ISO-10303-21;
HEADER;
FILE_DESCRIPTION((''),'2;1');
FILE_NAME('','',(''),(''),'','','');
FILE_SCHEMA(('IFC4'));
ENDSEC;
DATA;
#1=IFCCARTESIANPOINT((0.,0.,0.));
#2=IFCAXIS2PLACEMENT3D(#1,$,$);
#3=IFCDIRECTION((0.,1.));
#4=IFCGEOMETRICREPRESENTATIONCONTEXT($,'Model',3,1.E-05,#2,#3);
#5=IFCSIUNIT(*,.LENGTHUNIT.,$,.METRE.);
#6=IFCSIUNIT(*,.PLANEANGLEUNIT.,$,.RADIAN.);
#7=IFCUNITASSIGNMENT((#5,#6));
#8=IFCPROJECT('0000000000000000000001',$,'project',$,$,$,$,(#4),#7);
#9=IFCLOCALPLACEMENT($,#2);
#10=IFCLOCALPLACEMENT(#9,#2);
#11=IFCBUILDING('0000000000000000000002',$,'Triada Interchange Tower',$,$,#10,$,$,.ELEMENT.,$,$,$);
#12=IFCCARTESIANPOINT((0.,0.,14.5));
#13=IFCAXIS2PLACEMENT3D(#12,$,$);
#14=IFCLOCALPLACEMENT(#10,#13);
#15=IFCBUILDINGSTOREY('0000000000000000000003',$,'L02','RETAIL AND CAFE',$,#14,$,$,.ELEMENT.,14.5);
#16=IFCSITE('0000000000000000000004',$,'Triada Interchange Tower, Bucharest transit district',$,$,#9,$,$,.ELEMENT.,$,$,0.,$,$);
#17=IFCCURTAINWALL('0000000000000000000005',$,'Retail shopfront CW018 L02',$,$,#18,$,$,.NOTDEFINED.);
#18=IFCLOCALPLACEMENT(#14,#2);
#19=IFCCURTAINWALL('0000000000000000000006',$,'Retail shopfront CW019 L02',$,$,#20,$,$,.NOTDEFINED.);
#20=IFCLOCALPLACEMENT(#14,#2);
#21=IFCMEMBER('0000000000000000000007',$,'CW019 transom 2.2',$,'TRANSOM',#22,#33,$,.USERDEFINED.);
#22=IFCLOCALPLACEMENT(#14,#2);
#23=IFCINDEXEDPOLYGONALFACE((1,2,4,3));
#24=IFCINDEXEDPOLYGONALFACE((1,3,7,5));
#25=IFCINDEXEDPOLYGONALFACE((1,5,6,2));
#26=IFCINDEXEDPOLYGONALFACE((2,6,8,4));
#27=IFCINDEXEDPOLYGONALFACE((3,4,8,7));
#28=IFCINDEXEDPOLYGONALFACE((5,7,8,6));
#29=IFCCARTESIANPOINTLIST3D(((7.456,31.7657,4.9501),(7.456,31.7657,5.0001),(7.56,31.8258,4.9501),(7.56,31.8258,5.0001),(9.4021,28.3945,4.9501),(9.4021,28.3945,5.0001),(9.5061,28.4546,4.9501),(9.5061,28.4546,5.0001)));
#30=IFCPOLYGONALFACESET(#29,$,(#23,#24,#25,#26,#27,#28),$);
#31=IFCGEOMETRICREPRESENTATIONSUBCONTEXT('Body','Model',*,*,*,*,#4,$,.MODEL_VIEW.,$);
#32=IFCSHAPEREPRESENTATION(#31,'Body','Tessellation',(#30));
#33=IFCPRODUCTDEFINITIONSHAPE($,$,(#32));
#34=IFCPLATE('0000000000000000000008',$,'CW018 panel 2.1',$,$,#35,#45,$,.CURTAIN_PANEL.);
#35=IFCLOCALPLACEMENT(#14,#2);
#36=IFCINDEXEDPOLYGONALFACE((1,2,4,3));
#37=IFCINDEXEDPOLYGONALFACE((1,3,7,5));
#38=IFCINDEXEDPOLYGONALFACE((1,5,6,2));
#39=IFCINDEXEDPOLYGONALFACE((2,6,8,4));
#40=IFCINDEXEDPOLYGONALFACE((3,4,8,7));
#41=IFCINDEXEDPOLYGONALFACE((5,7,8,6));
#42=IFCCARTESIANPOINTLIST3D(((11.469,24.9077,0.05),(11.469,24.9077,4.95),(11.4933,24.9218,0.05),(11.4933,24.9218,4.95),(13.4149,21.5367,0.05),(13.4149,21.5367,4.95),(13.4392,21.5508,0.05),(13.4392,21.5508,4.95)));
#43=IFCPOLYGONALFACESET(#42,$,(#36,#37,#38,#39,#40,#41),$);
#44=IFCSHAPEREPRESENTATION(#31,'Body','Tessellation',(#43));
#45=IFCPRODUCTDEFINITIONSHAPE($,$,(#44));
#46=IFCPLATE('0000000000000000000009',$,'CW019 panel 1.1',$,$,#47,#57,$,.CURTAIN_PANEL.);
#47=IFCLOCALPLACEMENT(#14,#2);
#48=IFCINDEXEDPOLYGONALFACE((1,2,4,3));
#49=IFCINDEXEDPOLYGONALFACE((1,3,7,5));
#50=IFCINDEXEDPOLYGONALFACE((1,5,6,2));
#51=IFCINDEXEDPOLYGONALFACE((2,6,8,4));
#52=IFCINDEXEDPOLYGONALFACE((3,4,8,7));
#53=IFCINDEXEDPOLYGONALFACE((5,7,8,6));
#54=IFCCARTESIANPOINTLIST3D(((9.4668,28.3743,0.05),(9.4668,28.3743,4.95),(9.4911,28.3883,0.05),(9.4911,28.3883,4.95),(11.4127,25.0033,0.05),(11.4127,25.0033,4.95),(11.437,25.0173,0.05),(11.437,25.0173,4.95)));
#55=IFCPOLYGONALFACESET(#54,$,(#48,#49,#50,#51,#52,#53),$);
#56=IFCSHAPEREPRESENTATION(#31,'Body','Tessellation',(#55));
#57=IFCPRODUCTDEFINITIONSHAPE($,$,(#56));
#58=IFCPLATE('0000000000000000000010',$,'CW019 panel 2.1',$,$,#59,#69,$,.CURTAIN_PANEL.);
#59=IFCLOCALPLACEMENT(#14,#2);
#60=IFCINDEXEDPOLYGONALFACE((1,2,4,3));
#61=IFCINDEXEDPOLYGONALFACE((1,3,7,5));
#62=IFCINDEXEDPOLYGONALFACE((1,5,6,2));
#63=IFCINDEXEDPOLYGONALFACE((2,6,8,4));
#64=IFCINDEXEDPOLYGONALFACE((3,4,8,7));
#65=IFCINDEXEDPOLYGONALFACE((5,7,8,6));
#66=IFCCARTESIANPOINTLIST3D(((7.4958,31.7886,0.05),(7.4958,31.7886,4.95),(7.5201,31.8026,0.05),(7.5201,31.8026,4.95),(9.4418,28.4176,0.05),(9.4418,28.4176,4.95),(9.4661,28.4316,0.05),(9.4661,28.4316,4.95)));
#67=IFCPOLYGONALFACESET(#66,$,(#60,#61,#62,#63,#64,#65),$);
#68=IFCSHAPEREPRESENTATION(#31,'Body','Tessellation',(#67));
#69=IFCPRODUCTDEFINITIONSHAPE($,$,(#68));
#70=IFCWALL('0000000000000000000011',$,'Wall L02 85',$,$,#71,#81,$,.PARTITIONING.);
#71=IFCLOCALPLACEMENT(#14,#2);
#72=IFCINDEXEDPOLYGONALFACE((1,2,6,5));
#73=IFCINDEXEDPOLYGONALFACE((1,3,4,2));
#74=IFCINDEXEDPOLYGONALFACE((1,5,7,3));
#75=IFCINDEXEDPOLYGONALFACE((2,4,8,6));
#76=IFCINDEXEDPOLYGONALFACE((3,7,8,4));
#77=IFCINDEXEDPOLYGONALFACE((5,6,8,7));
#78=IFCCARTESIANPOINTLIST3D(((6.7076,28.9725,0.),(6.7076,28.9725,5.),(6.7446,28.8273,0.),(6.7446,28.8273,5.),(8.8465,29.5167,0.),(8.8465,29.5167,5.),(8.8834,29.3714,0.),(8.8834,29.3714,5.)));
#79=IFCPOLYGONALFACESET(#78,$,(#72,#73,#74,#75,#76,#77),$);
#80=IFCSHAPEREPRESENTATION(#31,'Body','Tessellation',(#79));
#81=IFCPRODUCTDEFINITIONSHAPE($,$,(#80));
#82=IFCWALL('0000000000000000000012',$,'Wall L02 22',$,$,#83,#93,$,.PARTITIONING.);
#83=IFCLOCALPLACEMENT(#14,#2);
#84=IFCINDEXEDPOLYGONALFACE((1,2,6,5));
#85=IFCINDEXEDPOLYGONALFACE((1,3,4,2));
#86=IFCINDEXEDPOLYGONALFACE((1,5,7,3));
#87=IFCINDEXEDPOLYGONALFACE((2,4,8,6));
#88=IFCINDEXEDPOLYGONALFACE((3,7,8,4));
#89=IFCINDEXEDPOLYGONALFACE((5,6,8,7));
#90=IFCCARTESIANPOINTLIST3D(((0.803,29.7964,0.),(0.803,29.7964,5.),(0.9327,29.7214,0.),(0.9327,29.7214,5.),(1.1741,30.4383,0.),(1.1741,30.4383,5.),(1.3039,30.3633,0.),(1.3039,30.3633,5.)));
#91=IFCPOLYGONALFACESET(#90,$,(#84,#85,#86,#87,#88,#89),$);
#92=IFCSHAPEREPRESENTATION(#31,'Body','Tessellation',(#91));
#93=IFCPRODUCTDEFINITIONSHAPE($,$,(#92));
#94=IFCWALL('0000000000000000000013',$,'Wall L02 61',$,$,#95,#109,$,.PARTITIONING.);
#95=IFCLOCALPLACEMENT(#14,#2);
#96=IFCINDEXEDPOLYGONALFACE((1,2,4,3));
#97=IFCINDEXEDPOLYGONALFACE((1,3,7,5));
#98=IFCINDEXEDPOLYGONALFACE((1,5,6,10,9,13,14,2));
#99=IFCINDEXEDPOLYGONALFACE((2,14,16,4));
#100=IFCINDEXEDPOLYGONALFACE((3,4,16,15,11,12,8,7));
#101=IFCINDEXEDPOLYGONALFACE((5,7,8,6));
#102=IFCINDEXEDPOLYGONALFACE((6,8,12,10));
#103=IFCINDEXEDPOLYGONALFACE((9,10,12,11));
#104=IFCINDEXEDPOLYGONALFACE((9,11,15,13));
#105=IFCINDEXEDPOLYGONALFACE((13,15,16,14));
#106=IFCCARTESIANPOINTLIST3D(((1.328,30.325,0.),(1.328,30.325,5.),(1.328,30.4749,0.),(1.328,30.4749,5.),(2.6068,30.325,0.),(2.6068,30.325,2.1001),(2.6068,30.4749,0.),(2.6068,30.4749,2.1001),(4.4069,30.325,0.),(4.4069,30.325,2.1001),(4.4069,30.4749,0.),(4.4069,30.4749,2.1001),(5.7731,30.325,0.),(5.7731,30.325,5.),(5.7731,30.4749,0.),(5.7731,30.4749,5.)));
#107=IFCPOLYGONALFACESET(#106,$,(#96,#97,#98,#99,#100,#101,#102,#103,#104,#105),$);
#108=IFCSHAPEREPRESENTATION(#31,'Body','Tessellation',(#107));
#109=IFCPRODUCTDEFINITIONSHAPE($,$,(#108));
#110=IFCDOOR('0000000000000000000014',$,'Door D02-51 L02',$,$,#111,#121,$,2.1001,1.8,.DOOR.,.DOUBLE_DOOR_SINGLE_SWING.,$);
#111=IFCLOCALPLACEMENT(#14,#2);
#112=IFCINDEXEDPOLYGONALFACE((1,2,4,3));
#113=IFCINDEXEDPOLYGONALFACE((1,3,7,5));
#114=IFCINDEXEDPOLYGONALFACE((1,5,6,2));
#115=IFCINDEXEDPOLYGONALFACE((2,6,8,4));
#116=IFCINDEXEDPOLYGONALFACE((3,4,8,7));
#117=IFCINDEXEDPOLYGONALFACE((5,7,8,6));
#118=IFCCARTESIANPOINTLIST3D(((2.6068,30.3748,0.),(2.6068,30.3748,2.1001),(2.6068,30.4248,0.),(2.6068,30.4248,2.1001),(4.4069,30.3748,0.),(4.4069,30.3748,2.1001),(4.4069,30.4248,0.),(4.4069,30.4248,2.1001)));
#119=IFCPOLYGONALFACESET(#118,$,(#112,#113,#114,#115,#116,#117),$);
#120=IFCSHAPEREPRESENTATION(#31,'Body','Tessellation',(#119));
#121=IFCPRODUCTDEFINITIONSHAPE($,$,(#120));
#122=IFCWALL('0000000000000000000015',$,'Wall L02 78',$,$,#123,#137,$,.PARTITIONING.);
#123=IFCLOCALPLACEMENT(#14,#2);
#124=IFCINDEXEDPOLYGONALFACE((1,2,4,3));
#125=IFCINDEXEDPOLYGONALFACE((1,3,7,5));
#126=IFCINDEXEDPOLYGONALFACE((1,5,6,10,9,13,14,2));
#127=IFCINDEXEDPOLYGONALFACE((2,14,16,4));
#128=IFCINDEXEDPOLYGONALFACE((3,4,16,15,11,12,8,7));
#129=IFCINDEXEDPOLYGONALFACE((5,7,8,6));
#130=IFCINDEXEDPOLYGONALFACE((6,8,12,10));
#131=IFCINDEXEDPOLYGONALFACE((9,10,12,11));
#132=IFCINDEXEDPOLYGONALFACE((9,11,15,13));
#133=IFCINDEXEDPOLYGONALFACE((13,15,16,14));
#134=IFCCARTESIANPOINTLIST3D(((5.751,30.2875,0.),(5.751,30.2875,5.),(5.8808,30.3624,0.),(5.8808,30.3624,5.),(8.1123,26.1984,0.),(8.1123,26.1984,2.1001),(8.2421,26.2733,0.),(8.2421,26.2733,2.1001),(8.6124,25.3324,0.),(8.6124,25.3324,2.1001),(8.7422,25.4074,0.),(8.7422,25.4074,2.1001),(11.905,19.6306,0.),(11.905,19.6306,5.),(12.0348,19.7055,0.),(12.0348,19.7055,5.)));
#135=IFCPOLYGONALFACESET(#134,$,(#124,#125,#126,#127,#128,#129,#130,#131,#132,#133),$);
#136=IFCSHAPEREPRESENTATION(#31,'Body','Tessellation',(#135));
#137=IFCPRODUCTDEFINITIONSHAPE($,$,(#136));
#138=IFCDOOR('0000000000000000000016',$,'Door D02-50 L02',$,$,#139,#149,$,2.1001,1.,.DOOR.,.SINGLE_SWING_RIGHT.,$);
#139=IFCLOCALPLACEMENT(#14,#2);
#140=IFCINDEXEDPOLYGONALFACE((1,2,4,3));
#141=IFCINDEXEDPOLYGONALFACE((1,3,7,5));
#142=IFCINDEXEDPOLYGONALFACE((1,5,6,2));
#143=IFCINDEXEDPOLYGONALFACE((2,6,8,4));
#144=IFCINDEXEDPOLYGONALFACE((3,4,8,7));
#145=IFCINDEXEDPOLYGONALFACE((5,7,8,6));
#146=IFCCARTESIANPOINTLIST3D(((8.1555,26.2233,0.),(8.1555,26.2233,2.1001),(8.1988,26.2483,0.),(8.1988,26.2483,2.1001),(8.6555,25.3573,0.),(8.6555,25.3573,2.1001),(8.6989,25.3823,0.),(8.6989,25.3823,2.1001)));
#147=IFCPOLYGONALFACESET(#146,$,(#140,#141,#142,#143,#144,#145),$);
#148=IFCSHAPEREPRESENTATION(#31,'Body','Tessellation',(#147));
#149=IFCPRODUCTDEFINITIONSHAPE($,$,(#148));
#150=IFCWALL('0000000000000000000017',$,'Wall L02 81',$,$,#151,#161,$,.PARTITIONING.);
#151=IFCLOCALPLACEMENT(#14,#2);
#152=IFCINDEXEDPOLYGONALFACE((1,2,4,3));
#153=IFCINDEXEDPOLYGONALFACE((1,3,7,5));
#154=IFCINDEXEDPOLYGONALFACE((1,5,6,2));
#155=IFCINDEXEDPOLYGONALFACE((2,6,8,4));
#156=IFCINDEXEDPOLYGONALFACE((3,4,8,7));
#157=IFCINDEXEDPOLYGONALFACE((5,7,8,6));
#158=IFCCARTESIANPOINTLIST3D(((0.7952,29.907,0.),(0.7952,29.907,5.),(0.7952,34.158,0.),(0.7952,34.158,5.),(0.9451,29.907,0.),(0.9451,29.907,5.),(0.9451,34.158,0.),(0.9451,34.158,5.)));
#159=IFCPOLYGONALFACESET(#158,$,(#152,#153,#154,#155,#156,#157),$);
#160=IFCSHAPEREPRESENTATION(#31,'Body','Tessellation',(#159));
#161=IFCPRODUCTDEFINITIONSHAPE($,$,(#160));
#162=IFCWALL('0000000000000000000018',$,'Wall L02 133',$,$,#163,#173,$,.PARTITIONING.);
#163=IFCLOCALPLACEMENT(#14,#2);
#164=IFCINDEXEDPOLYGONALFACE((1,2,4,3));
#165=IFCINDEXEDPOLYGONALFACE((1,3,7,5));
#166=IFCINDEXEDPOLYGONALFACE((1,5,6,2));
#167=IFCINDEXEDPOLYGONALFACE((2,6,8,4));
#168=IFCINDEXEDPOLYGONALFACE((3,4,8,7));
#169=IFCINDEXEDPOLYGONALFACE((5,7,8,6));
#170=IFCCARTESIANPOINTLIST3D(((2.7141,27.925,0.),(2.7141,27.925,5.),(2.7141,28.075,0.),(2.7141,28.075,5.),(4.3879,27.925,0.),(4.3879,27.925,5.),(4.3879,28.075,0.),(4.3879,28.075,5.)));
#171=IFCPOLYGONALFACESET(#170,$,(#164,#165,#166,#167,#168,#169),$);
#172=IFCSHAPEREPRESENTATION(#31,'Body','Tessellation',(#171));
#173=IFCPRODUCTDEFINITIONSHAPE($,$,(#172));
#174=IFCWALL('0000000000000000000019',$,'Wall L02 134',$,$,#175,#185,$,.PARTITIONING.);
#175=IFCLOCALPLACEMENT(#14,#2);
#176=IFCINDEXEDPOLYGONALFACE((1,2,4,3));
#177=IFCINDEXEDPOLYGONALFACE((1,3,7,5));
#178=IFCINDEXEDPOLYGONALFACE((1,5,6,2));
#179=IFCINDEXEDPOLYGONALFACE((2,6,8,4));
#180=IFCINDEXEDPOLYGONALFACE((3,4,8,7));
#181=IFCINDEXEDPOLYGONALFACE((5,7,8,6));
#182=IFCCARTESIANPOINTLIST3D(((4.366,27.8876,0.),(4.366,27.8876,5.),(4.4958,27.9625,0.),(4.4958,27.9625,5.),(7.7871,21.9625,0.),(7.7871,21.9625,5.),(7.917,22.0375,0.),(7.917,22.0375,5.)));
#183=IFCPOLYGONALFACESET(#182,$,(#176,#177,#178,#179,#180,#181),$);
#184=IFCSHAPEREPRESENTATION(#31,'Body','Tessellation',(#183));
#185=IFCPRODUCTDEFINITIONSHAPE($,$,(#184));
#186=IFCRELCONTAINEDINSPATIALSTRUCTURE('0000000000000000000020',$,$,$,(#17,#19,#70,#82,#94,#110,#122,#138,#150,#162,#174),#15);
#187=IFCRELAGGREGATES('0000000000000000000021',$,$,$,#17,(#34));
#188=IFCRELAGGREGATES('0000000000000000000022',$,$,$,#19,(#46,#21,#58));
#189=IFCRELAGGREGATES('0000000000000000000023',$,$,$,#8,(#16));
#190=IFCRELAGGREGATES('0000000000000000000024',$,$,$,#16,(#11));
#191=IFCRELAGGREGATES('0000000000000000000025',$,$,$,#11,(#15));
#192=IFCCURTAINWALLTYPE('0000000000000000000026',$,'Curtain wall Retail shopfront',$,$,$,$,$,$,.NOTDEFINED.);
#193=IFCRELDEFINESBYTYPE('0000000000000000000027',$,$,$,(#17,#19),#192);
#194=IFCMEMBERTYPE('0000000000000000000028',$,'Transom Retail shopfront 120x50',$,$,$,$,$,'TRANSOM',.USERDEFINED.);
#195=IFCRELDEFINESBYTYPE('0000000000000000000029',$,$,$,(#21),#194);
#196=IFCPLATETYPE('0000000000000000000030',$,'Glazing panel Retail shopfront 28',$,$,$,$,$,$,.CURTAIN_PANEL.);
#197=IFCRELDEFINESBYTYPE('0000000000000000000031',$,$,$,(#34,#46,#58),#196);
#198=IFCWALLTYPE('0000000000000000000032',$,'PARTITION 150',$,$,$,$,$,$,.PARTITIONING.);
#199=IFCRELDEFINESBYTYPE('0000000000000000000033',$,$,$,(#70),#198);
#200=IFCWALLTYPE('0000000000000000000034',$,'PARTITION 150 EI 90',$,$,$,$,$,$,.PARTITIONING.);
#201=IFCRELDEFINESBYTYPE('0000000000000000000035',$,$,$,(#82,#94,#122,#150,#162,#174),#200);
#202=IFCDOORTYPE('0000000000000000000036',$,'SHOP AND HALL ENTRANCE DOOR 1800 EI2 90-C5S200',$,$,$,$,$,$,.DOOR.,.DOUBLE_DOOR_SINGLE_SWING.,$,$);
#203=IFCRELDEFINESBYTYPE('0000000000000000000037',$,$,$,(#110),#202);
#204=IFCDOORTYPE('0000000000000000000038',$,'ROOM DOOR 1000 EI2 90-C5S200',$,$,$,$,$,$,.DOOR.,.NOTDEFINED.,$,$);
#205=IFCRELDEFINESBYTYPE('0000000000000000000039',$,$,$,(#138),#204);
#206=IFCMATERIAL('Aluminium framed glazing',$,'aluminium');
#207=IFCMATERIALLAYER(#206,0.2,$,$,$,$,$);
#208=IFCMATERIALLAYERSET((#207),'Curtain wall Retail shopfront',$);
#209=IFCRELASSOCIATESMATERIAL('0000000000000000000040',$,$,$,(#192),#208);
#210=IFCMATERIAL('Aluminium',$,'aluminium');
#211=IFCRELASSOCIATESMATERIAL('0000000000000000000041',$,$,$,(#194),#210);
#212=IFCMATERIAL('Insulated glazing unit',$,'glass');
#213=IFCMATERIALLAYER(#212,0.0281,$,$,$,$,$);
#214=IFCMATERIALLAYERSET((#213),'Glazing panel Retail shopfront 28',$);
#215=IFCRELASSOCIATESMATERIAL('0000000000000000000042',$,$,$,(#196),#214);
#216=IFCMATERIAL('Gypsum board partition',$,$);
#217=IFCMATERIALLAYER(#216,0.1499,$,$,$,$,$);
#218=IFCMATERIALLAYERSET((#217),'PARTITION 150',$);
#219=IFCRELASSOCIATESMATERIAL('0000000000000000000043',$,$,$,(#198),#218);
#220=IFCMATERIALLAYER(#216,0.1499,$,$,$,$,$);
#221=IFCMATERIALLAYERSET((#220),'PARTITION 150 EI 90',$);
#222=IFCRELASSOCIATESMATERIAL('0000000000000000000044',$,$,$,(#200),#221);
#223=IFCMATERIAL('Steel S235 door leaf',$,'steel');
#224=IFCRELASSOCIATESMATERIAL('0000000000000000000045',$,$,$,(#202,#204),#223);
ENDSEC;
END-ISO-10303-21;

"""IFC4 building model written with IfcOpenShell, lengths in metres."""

from ifc_helpers import new_model, si_unit, direction, frame, frame_2d, origin, origin_2d, place, context, subcontext, project, spatial, rectangle, extrude, material, layer, layer_set, material_profile, profile_set, type_object, element, fill, aggregate, save


model = new_model("IFC4")

# Units and contexts
model_context = context("Model", 3, precision=1e-05, world=origin(), true_north=direction((0.0, 1.0)))
body_context = subcontext(model_context, "Body", "Model", "MODEL_VIEW")
ifc_project = project(units=[si_unit("LENGTHUNIT", "METRE"), si_unit("PLANEANGLEUNIT", "RADIAN")], contexts=[model_context])

# Site, building, storey
site_placement = place(None, origin())
site = spatial("IfcSite", under=ifc_project, at=site_placement, Name="Triada Interchange Tower, Bucharest transit district", CompositionType="ELEMENT", RefElevation=0.0)
building_placement = place(site_placement, origin())
building = spatial("IfcBuilding", under=site, at=building_placement, Name="Triada Interchange Tower", CompositionType="ELEMENT")
storey_placement = place(building_placement, frame((0.0, 0.0, 14.5)))
storey = spatial("IfcBuildingStorey", under=building, at=storey_placement, Name="L02", Description="RETAIL AND CAFE", CompositionType="ELEMENT", Elevation=14.5)

# Curtain wall
ifc_material_1 = material(Name="Aluminium framed glazing", Category="aluminium")
ifc_layer_1 = layer(ifc_material_1, 0.2)
ifc_layer_set_1 = layer_set([ifc_layer_1], Name="Curtain wall Retail shopfront")
curtain_wall_type = type_object("IfcCurtainWallType", Name="Curtain wall Retail shopfront", PredefinedType="NOTDEFINED", material=ifc_layer_set_1)
curtain_wall_1_placement = place(storey_placement, origin())
curtain_wall_1 = element("IfcCurtainWall", 1, at=curtain_wall_1_placement, inside=storey, type_object=curtain_wall_type, Name="Retail shopfront CW018 L02", PredefinedType="NOTDEFINED")
ifc_material_2 = material(Name="Aluminium", Category="aluminium")

# Curtain wall
curtain_wall_2_placement = place(storey_placement, origin())
curtain_wall_2 = element("IfcCurtainWall", 2, at=curtain_wall_2_placement, inside=storey, type_object=curtain_wall_type, Name="Retail shopfront CW019 L02", PredefinedType="NOTDEFINED")

# Member
ifc_material_profile_1 = material_profile(ifc_material_2, rectangle(XDim=0.1201, YDim=0.05, at=origin_2d()), Name="Aluminium transom")
ifc_profile_set_1 = profile_set([ifc_material_profile_1], Name="Aluminium")
member_type_1 = type_object("IfcMemberType", Name="Transom Retail shopfront 120x50", ElementType="TRANSOM", PredefinedType="USERDEFINED", material=ifc_profile_set_1)
member_1_placement = place(storey_placement, frame((9.4541, 28.4246, 4.9751), z_axis=(-0.49995, 0.866054, 0.0), x_axis=(-0.866054, -0.49995, 0.0)))
member_1 = element("IfcMember", 3, at=member_1_placement, type_object=member_type_1, Name="CW019 transom 2.2", ObjectType="TRANSOM", PredefinedType="USERDEFINED", context=body_context, shape_type="SweptSolid", body=[
    extrude(rectangle(XDim=0.1201, YDim=0.05, at=origin_2d()), origin(), (0.0, 0.0, 1.0), 3.8926),
])

# Plates
ifc_material_3 = material(Name="Insulated glazing unit", Category="glass")
ifc_layer_2 = layer(ifc_material_3, 0.0281)
ifc_layer_set_2 = layer_set([ifc_layer_2], Name="Glazing panel Retail shopfront 28")
plate_type = type_object("IfcPlateType", Name="Glazing panel Retail shopfront 28", PredefinedType="CURTAIN_PANEL", material=ifc_layer_set_2)
plate_1_placement = place(storey_placement, frame((12.4541, 23.2292, 0.05), z_axis=(0.0, 0.0, 1.0), x_axis=(-0.499948, 0.866055, 0.0)))
plate_1 = element("IfcPlate", 4, at=plate_1_placement, type_object=plate_type, Name="CW018 panel 2.1", PredefinedType="CURTAIN_PANEL", context=body_context, shape_type="SweptSolid", body=[
    extrude(rectangle(XDim=3.8923, YDim=0.0281, at=origin_2d()), origin(), (0.0, 0.0, 1.0), 4.8999),
])
aggregate(curtain_wall_1, [plate_1])
plate_2_placement = place(storey_placement, frame((10.4519, 26.6958, 0.05), z_axis=(0.0, 0.0, 1.0), x_axis=(-0.499948, 0.866055, 0.0)))
plate_2 = element("IfcPlate", 5, at=plate_2_placement, type_object=plate_type, Name="CW019 panel 1.1", PredefinedType="CURTAIN_PANEL", context=body_context, shape_type="SweptSolid", body=[
    extrude(rectangle(XDim=3.8923, YDim=0.0281, at=origin_2d()), origin(), (0.0, 0.0, 1.0), 4.8999),
])
plate_3_placement = place(storey_placement, frame((8.481, 30.1101, 0.05), z_axis=(0.0, 0.0, 1.0), x_axis=(-0.499948, 0.866055, 0.0)))
plate_3 = element("IfcPlate", 6, at=plate_3_placement, type_object=plate_type, Name="CW019 panel 2.1", PredefinedType="CURTAIN_PANEL", context=body_context, shape_type="SweptSolid", body=[
    extrude(rectangle(XDim=3.8923, YDim=0.0281, at=origin_2d()), origin(), (0.0, 0.0, 1.0), 4.8999),
])
aggregate(curtain_wall_2, [plate_2, member_1, plate_3])

# Walls
ifc_material_4 = material(Name="Gypsum board partition")
ifc_layer_3 = layer(ifc_material_4, 0.1499)
ifc_layer_set_3 = layer_set([ifc_layer_3], Name="PARTITION 150")
wall_type_1 = type_object("IfcWallType", Name="PARTITION 150", PredefinedType="PARTITIONING", material=ifc_layer_set_3)
wall_1_placement = place(storey_placement, frame((6.7261, 28.8999, 0.0), z_axis=(0.0, 0.0, 1.0), x_axis=(0.969126, 0.246568, 0.0)))
element("IfcWall", 7, at=wall_1_placement, inside=storey, type_object=wall_type_1, Name="Wall L02 85", PredefinedType="PARTITIONING", context=body_context, shape_type="SweptSolid", body=[
    extrude(rectangle(XDim=2.207, YDim=0.1499, at=frame_2d((1.1035, 0.0))), origin(), (0.0, 0.0, 1.0), 5.0),
])
ifc_layer_4 = layer(ifc_material_4, 0.1499)
ifc_layer_set_4 = layer_set([ifc_layer_4], Name="PARTITION 150 EI 90")
wall_type_2 = type_object("IfcWallType", Name="PARTITION 150 EI 90", PredefinedType="PARTITIONING", material=ifc_layer_set_4)
wall_2_placement = place(storey_placement, frame((0.8679, 29.759, 0.0), z_axis=(0.0, 0.0, 1.0), x_axis=(0.50053, 0.865719, 0.0)))
element("IfcWall", 8, at=wall_2_placement, inside=storey, type_object=wall_type_2, Name="Wall L02 22", PredefinedType="PARTITIONING", context=body_context, shape_type="SweptSolid", body=[
    extrude(rectangle(XDim=0.7415, YDim=0.1499, at=frame_2d((0.3706, 0.0))), origin(), (0.0, 0.0, 1.0), 5.0),
])

# Walls, openings, doors
wall_3_placement = place(storey_placement, frame((1.3279, 30.3999, 0.0), z_axis=(0.0, 0.0, 1.0), x_axis=(1.0, 0.0, 0.0)))
wall_3 = element("IfcWall", 9, at=wall_3_placement, inside=storey, type_object=wall_type_2, Name="Wall L02 61", PredefinedType="PARTITIONING", context=body_context, shape_type="SweptSolid", body=[
    extrude(rectangle(XDim=4.4451, YDim=0.1499, at=frame_2d((2.2227, 0.0))), origin(), (0.0, 0.0, 1.0), 5.0),
])
opening_1_placement = place(wall_3_placement, frame((1.2791, 0.0, 0.0)))
opening_1 = element("IfcOpeningElement", 10, at=opening_1_placement, cuts=wall_3, PredefinedType="OPENING", context=body_context, shape_type="SweptSolid", body=[
    extrude(rectangle(XDim=1.8, YDim=2.1001, at=frame_2d((0.8999, 1.05))), frame((0.0, 0.085, 0.0), z_axis=(0.0, -1.0, 0.0), x_axis=(1.0, 0.0, 0.0)), (0.0, 0.0, 1.0), 0.1699),
])
ifc_material_5 = material(Name="Steel S235 door leaf", Category="steel")
door_type_1 = type_object("IfcDoorType", Name="SHOP AND HALL ENTRANCE DOOR 1800 EI2 90-C5S200", OperationType="DOUBLE_DOOR_SINGLE_SWING", PredefinedType="DOOR", material=ifc_material_5)
door_1_placement = place(opening_1_placement, origin())
door_1 = element("IfcDoor", 11, at=door_1_placement, inside=storey, type_object=door_type_1, Name="Door D02-51 L02", OperationType="DOUBLE_DOOR_SINGLE_SWING", OverallHeight=2.1001, OverallWidth=1.8, PredefinedType="DOOR", context=body_context, shape_type="SweptSolid", body=[
    extrude(rectangle(XDim=1.8, YDim=2.1001, at=frame_2d((0.8999, 1.05))), frame((0.0, 0.0249, 0.0), z_axis=(0.0, -1.0, 0.0), x_axis=(1.0, 0.0, 0.0)), (0.0, 0.0, 1.0), 0.05),
])
fill(opening_1, door_1)
wall_4_placement = place(storey_placement, frame((5.8159, 30.325, 0.0), z_axis=(0.0, 0.0, 1.0), x_axis=(0.500076, -0.865982, 0.0)))
wall_4 = element("IfcWall", 12, at=wall_4_placement, inside=storey, type_object=wall_type_2, Name="Wall L02 78", PredefinedType="PARTITIONING", context=body_context, shape_type="SweptSolid", body=[
    extrude(rectangle(XDim=12.3062, YDim=0.1499, at=frame_2d((6.1531, 0.0))), origin(), (0.0, 0.0, 1.0), 5.0),
])
opening_2_placement = place(wall_4_placement, frame((4.7219, 0.0, 0.0)))
opening_2 = element("IfcOpeningElement", 13, at=opening_2_placement, cuts=wall_4, PredefinedType="OPENING", context=body_context, shape_type="SweptSolid", body=[
    extrude(rectangle(XDim=1.0, YDim=2.1001, at=frame_2d((0.5, 1.05))), frame((0.0, 0.085, 0.0), z_axis=(0.0, -1.0, 0.0), x_axis=(1.0, 0.0, 0.0)), (0.0, 0.0, 1.0), 0.1699),
])
door_type_2 = type_object("IfcDoorType", Name="ROOM DOOR 1000 EI2 90-C5S200", OperationType="NOTDEFINED", PredefinedType="DOOR", material=ifc_material_5)
door_2_placement = place(opening_2_placement, origin())
door_2 = element("IfcDoor", 14, at=door_2_placement, inside=storey, type_object=door_type_2, Name="Door D02-50 L02", OperationType="SINGLE_SWING_RIGHT", OverallHeight=2.1001, OverallWidth=1.0, PredefinedType="DOOR", context=body_context, shape_type="SweptSolid", body=[
    extrude(rectangle(XDim=1.0, YDim=2.1001, at=frame_2d((0.5, 1.05))), frame((0.0, 0.0249, 0.0), z_axis=(0.0, -1.0, 0.0), x_axis=(1.0, 0.0, 0.0)), (0.0, 0.0, 1.0), 0.05),
])
fill(opening_2, door_2)

# Walls
wall_5_placement = place(storey_placement, frame((0.8701, 29.907, 0.0), z_axis=(0.0, 0.0, 1.0), x_axis=(0.0, 1.0, 0.0)))
element("IfcWall", 15, at=wall_5_placement, inside=storey, type_object=wall_type_2, Name="Wall L02 81", PredefinedType="PARTITIONING", context=body_context, shape_type="SweptSolid", body=[
    extrude(rectangle(XDim=4.251, YDim=0.1499, at=frame_2d((2.1255, 0.0))), origin(), (0.0, 0.0, 1.0), 5.0),
])
wall_6_placement = place(storey_placement, frame((2.7141, 28.0, 0.0), z_axis=(0.0, 0.0, 1.0), x_axis=(1.0, 0.0, 0.0)))
element("IfcWall", 16, at=wall_6_placement, inside=storey, type_object=wall_type_2, Name="Wall L02 133", PredefinedType="PARTITIONING", context=body_context, shape_type="SweptSolid", body=[
    extrude(rectangle(XDim=1.6738, YDim=0.1499, at=frame_2d((0.8369, 0.0))), origin(), (0.0, 0.0, 1.0), 5.0),
])
wall_7_placement = place(storey_placement, frame((4.4309, 27.925, 0.0), z_axis=(0.0, 0.0, 1.0), x_axis=(0.500034, -0.866006, 0.0)))
element("IfcWall", 17, at=wall_7_placement, inside=storey, type_object=wall_type_2, Name="Wall L02 134", PredefinedType="PARTITIONING", context=body_context, shape_type="SweptSolid", body=[
    extrude(rectangle(XDim=6.8418, YDim=0.1499, at=frame_2d((3.4209, 0.0))), origin(), (0.0, 0.0, 1.0), 5.0),
])

save(model, "model.ifc")
